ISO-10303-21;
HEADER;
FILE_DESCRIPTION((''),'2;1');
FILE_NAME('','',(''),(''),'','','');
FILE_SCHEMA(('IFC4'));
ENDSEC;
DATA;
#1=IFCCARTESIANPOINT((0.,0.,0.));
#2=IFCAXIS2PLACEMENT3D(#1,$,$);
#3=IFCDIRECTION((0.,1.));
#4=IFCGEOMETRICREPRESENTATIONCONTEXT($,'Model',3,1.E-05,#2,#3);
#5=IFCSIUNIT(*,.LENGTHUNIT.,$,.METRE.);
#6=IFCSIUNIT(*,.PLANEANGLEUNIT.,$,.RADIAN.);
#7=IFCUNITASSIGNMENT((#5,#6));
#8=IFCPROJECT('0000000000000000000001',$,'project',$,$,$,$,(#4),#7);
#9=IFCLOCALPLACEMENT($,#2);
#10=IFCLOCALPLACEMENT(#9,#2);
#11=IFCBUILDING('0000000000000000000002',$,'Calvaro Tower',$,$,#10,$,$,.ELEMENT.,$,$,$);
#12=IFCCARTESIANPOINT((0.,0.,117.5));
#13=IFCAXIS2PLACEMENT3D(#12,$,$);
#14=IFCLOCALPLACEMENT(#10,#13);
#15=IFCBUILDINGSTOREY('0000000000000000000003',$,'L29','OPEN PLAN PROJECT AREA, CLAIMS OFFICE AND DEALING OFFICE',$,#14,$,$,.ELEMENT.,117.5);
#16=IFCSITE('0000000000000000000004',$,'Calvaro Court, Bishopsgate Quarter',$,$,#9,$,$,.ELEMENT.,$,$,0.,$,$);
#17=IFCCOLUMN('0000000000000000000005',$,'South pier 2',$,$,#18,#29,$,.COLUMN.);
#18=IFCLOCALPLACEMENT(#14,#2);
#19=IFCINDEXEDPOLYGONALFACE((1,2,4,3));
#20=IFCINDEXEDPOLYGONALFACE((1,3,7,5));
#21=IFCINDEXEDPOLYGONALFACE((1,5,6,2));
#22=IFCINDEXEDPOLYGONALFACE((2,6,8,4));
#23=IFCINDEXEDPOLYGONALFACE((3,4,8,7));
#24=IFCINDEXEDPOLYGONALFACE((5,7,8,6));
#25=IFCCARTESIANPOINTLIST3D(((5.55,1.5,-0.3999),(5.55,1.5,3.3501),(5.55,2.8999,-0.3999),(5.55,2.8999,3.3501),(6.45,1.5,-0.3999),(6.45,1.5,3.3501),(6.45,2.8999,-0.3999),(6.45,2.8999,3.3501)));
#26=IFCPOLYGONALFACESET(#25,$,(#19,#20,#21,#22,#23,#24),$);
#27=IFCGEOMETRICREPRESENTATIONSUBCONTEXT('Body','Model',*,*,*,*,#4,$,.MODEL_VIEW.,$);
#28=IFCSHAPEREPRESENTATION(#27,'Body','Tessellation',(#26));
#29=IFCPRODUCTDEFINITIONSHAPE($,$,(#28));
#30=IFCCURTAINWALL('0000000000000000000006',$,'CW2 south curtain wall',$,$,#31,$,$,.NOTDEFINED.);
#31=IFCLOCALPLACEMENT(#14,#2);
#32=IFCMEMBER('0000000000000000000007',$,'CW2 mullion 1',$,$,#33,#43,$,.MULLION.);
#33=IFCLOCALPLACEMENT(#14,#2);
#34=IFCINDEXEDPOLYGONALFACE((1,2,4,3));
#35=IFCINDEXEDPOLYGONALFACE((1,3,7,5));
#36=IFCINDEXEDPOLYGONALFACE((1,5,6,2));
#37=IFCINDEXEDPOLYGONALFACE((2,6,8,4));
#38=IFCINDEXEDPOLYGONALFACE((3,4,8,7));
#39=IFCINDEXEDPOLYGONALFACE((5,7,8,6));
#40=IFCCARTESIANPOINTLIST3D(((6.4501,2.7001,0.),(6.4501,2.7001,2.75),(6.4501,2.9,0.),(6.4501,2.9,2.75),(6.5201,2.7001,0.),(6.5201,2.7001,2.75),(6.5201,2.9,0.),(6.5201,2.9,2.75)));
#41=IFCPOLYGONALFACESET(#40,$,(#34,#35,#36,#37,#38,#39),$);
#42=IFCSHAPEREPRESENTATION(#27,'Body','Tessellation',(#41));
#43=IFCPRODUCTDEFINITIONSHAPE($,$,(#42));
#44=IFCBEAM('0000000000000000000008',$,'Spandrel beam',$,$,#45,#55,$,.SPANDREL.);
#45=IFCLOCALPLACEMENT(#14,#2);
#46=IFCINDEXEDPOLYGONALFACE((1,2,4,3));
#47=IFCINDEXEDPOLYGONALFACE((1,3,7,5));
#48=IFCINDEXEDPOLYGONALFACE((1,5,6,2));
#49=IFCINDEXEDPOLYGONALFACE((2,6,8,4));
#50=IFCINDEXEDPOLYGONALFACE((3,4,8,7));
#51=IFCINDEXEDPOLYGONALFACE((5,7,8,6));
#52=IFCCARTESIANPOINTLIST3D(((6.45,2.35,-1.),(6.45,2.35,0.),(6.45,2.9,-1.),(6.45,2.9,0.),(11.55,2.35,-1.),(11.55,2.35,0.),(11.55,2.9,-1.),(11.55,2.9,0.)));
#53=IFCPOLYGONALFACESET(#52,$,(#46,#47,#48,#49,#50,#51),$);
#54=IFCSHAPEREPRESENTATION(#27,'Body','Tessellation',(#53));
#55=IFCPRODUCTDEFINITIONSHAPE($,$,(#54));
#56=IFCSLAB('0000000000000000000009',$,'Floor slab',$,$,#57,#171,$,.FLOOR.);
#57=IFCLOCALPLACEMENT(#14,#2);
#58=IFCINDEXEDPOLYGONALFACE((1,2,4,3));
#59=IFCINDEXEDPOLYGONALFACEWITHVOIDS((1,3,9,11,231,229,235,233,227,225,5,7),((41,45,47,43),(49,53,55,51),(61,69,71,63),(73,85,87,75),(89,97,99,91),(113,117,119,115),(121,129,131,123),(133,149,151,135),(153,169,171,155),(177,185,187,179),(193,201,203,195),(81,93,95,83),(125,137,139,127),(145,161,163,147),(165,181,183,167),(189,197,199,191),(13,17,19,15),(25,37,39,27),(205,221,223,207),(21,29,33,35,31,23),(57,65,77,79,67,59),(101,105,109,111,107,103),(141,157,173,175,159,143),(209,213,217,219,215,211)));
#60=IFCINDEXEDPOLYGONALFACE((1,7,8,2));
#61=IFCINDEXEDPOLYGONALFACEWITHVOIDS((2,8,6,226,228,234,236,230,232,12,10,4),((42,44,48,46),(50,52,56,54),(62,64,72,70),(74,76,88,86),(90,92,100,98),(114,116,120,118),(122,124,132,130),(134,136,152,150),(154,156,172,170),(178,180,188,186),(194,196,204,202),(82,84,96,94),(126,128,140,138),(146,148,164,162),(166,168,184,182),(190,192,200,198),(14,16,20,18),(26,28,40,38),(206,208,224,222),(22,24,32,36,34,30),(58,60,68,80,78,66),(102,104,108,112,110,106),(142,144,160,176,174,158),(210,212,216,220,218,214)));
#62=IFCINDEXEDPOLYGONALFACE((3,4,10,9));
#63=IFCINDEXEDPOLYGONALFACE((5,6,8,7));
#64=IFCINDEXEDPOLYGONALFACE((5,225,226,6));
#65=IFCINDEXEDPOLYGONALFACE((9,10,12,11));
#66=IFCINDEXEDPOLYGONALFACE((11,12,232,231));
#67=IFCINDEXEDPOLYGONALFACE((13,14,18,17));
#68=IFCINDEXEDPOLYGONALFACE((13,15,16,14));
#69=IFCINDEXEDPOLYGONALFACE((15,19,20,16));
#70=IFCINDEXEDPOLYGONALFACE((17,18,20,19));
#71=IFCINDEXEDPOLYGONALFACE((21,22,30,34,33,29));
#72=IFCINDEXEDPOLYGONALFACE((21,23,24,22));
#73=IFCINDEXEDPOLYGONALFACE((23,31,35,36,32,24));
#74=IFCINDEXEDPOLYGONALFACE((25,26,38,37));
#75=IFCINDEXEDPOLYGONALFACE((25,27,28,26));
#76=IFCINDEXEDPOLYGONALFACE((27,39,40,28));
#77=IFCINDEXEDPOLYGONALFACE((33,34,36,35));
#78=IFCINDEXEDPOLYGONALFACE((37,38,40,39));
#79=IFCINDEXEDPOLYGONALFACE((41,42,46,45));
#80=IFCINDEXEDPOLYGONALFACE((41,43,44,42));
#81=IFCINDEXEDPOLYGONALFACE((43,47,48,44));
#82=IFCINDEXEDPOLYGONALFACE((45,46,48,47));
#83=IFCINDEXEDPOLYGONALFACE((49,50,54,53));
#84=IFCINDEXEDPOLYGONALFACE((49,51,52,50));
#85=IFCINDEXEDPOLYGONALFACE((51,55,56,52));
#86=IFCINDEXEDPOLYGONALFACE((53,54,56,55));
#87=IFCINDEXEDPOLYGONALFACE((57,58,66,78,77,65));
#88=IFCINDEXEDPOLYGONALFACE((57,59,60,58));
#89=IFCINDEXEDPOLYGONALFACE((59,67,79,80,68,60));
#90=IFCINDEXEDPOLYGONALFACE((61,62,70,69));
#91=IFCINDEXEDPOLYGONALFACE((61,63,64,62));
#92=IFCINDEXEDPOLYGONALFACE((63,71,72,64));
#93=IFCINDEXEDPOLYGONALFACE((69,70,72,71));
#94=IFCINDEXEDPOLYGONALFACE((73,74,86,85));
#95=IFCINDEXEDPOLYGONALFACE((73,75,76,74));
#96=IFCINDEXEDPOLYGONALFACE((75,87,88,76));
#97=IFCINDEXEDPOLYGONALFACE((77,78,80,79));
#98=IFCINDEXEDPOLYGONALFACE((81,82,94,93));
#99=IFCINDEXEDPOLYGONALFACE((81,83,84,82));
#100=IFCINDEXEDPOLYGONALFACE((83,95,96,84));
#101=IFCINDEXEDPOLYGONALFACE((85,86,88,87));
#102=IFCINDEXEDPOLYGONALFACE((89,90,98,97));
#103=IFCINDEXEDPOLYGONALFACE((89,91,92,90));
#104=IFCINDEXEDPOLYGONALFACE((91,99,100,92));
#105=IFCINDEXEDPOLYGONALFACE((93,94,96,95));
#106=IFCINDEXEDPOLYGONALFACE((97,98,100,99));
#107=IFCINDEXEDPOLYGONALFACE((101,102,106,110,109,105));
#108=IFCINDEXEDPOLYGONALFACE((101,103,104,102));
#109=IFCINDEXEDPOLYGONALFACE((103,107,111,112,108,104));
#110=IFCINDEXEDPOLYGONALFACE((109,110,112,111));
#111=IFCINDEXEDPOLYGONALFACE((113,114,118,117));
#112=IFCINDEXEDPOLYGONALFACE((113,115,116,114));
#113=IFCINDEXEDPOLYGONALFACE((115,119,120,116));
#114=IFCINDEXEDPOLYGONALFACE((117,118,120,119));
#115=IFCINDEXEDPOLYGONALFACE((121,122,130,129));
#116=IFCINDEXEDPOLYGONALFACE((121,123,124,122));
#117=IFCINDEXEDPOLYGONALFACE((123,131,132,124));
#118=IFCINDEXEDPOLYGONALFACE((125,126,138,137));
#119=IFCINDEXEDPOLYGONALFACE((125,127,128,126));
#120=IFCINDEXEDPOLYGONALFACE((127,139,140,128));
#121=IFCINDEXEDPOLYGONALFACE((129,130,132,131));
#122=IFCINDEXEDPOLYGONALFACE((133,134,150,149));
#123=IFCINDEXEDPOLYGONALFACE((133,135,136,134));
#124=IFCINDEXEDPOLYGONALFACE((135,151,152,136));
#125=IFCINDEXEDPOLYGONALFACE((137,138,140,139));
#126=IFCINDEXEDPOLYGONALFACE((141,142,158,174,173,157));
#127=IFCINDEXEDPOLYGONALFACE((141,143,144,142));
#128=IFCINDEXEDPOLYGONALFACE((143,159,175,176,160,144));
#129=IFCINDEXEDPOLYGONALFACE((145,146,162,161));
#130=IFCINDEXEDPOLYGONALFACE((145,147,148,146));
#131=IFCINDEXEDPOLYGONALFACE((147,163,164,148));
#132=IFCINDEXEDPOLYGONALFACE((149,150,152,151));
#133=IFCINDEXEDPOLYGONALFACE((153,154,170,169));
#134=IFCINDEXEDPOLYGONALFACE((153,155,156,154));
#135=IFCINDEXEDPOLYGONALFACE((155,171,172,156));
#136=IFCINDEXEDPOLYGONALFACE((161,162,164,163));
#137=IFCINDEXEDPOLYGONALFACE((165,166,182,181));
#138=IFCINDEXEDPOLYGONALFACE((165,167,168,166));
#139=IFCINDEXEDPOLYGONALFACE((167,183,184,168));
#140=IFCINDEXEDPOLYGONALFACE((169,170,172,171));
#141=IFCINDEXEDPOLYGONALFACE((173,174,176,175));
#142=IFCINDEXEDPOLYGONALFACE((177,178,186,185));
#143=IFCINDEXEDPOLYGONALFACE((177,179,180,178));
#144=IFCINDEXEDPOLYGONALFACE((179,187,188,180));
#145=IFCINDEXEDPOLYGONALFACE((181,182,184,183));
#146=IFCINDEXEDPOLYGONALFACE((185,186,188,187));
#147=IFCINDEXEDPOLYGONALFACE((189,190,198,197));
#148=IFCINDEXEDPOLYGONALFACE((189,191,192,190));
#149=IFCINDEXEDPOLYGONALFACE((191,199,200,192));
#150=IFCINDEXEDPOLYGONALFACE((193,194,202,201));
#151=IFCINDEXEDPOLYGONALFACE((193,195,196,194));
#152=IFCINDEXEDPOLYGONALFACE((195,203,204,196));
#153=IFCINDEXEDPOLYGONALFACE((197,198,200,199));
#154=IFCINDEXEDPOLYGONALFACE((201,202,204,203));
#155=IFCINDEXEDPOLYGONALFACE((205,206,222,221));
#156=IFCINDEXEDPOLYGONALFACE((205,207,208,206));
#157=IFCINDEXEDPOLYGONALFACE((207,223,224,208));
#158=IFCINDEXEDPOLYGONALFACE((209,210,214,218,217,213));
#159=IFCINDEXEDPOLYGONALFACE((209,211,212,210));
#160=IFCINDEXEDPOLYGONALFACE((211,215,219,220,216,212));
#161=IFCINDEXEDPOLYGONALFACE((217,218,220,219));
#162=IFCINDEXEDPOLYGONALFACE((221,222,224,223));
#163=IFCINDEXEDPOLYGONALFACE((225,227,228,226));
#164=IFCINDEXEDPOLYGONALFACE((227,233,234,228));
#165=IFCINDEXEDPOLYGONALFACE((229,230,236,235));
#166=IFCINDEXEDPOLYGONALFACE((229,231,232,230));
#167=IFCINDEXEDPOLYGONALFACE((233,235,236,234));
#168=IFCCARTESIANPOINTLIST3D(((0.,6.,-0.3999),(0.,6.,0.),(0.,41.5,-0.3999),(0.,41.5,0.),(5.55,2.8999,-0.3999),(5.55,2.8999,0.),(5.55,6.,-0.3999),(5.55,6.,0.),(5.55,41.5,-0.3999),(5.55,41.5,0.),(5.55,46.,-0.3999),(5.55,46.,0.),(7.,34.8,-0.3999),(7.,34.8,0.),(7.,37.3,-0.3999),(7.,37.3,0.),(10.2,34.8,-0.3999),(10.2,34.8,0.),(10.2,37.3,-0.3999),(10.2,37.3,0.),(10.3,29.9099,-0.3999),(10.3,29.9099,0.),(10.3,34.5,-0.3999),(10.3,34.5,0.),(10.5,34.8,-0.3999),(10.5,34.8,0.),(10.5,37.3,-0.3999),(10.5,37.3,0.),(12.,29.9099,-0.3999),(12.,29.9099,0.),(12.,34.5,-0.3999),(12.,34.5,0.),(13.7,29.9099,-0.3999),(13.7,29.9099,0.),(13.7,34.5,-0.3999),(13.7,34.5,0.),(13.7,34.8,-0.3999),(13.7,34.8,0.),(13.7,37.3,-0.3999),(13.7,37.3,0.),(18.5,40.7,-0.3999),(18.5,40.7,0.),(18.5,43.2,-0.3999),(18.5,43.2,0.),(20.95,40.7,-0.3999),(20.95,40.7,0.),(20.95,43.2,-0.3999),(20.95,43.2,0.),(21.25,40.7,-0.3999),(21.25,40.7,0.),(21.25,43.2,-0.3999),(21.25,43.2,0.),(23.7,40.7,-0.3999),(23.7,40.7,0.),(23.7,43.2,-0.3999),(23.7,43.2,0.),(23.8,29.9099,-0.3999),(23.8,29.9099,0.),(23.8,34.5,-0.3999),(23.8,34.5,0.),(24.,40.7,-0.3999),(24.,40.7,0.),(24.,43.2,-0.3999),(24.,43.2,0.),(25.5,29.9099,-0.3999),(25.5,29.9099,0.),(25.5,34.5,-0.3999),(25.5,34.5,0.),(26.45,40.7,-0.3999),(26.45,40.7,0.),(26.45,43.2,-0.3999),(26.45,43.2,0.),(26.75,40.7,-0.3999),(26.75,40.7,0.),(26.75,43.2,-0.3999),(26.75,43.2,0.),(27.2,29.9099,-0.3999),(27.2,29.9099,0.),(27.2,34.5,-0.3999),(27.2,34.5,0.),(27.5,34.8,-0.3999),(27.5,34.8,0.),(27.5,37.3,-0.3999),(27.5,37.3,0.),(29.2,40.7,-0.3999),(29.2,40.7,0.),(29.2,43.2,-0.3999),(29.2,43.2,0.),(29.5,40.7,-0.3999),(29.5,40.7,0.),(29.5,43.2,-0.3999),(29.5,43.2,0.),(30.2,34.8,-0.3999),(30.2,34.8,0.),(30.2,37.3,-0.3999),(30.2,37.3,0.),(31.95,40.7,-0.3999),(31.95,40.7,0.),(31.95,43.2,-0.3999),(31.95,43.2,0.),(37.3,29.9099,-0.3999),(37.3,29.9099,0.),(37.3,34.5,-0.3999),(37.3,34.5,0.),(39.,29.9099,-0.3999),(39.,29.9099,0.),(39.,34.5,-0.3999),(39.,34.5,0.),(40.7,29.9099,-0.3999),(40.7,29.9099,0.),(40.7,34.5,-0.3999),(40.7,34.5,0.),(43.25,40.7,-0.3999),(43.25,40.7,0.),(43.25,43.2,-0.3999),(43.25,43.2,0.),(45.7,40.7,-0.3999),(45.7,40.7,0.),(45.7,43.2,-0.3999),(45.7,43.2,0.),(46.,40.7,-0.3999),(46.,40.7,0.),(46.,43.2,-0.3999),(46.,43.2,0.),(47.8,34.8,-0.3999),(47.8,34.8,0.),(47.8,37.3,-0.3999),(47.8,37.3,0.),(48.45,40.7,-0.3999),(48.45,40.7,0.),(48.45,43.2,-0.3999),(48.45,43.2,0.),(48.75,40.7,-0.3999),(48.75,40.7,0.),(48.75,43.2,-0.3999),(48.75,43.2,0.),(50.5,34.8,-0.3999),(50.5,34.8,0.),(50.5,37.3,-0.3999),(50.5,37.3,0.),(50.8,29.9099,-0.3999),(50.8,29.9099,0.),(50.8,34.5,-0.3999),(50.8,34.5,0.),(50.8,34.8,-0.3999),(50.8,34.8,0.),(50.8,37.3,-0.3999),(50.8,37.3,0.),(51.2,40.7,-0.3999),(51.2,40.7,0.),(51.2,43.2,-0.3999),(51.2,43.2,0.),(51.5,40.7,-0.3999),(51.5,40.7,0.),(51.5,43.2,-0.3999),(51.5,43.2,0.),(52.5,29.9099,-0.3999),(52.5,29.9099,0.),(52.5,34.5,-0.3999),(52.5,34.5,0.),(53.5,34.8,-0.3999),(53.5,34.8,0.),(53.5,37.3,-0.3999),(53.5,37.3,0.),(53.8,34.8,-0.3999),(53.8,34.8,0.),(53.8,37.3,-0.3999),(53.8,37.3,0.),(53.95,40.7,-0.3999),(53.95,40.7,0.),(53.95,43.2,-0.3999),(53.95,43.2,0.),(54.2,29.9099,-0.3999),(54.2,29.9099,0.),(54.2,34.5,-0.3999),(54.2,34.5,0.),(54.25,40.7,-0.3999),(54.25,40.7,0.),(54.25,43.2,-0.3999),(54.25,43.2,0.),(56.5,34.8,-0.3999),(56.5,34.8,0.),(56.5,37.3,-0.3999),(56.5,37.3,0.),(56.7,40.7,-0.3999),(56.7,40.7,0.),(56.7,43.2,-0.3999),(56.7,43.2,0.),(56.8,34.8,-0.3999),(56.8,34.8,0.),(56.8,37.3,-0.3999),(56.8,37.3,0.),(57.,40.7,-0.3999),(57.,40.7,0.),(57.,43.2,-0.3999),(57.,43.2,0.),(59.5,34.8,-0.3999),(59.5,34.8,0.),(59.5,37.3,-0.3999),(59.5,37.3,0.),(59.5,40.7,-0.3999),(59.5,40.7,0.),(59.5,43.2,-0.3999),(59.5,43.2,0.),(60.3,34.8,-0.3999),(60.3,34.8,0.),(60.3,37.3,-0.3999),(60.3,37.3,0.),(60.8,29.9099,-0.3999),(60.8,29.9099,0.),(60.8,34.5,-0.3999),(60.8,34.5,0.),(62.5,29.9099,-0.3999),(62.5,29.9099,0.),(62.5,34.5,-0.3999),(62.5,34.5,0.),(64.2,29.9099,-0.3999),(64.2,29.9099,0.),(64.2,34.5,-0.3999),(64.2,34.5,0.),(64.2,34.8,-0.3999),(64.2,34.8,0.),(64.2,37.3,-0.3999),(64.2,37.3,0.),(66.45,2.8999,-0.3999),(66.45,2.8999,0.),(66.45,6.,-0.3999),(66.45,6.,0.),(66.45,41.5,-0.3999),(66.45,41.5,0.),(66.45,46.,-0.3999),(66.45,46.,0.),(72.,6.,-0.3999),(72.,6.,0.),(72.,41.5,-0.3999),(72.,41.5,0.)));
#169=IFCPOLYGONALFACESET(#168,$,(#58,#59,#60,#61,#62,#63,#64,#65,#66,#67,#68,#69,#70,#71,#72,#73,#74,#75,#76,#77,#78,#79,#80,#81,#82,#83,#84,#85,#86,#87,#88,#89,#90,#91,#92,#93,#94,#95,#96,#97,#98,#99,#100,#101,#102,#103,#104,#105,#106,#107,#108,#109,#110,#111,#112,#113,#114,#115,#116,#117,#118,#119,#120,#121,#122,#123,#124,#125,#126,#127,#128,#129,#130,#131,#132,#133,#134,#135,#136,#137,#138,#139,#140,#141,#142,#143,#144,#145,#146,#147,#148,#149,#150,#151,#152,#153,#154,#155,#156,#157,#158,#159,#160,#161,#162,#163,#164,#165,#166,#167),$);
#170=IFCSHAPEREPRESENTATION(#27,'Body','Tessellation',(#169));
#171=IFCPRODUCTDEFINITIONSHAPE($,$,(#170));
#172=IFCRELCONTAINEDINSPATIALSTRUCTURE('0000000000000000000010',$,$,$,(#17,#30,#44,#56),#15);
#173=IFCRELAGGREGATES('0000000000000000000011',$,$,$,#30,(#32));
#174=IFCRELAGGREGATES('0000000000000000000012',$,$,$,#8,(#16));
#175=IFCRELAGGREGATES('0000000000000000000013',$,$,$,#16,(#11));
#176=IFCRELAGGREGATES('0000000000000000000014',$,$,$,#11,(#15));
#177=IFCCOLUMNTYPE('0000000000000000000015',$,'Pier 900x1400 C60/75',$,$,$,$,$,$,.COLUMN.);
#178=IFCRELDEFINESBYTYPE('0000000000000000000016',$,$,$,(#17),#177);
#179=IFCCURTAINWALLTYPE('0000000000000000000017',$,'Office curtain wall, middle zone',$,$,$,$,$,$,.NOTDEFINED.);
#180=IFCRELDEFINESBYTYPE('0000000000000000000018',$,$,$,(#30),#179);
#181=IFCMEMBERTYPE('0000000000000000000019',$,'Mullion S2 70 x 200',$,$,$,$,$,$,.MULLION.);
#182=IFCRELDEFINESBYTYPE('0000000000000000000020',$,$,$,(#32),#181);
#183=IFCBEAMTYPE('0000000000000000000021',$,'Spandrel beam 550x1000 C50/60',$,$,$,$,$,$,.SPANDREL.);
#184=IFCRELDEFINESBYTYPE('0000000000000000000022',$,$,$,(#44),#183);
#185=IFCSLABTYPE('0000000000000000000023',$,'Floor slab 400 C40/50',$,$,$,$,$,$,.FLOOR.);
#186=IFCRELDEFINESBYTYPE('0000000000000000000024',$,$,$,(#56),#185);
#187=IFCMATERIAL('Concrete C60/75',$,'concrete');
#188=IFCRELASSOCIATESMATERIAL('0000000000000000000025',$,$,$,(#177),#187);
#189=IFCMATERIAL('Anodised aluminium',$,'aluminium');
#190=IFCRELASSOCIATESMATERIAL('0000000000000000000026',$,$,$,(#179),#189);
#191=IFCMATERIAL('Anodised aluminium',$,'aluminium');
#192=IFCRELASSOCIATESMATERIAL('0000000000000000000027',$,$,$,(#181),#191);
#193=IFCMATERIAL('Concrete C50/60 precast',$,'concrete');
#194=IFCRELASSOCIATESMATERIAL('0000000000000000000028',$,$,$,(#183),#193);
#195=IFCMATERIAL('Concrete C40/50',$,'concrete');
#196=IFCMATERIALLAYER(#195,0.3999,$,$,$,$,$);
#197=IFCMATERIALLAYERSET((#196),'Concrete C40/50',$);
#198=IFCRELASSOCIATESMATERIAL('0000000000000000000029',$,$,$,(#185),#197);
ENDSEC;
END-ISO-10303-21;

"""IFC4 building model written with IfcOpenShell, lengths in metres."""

from ifc_helpers import new_model, si_unit, direction, frame, origin, origin_2d, place, context, subcontext, project, spatial, polyline, rectangle, outline, extrude, material, layer, layer_set, material_profile, profile_set, type_object, element, aggregate, save


model = new_model("IFC4")

# Units and contexts
model_context = context("Model", 3, precision=1e-05, world=origin(), true_north=direction((0.0, 1.0)))
body_context = subcontext(model_context, "Body", "Model", "MODEL_VIEW")
ifc_project = project(units=[si_unit("LENGTHUNIT", "METRE"), si_unit("PLANEANGLEUNIT", "RADIAN")], contexts=[model_context])

# Site, building, storey
site_placement = place(None, origin())
site = spatial("IfcSite", under=ifc_project, at=site_placement, Name="Calvaro Court, Bishopsgate Quarter", CompositionType="ELEMENT", RefElevation=0.0)
building_placement = place(site_placement, origin())
building = spatial("IfcBuilding", under=site, at=building_placement, Name="Calvaro Tower", CompositionType="ELEMENT")
storey_placement = place(building_placement, frame((0.0, 0.0, 117.5)))
storey = spatial("IfcBuildingStorey", under=building, at=storey_placement, Name="L29", Description="OPEN PLAN PROJECT AREA, CLAIMS OFFICE AND DEALING OFFICE", CompositionType="ELEMENT", Elevation=117.5)

# Column
ifc_material_1 = material(Name="Concrete C60/75", Category="concrete")
ifc_material_profile_1 = material_profile(ifc_material_1, rectangle(XDim=0.8999, YDim=1.3999, at=origin_2d()), Name="RC 900x1400")
ifc_profile_set_1 = profile_set([ifc_material_profile_1], Name="Concrete C60/75")
column_type = type_object("IfcColumnType", Name="Pier 900x1400 C60/75", PredefinedType="COLUMN", material=ifc_profile_set_1)
column_placement = place(storey_placement, frame((6.0, 2.2, -0.3999), z_axis=(0.0, 0.0, 1.0), x_axis=(1.0, 0.0, 0.0)))
element("IfcColumn", 1, at=column_placement, inside=storey, type_object=column_type, Name="South pier 2", PredefinedType="COLUMN", context=body_context, shape_type="SweptSolid", body=[
    extrude(rectangle(XDim=0.8999, YDim=1.3999, at=origin_2d()), origin(), (0.0, 0.0, 1.0), 3.75),
])

# Curtain wall, member
ifc_material_2 = material(Name="Anodised aluminium", Category="aluminium")
curtain_wall_type = type_object("IfcCurtainWallType", Name="Office curtain wall, middle zone", PredefinedType="NOTDEFINED", material=ifc_material_2)
curtain_wall_placement = place(storey_placement, origin())
curtain_wall = element("IfcCurtainWall", 2, at=curtain_wall_placement, inside=storey, type_object=curtain_wall_type, Name="CW2 south curtain wall", PredefinedType="NOTDEFINED")
ifc_material_3 = material(Name="Anodised aluminium", Category="aluminium")
ifc_material_profile_2 = material_profile(ifc_material_3, rectangle(XDim=0.2, YDim=0.0701, at=origin_2d()), Name="Mullion S2 70 x 200")
ifc_profile_set_2 = profile_set([ifc_material_profile_2], Name="Anodised aluminium")
member_type = type_object("IfcMemberType", Name="Mullion S2 70 x 200", PredefinedType="MULLION", material=ifc_profile_set_2)
member_placement = place(storey_placement, frame((6.4851, 2.8, 0.0), z_axis=(0.0, 0.0, 1.0), x_axis=(0.0, 1.0, 0.0)))
member = element("IfcMember", 3, at=member_placement, type_object=member_type, Name="CW2 mullion 1", PredefinedType="MULLION", context=body_context, shape_type="SweptSolid", body=[
    extrude(rectangle(XDim=0.2, YDim=0.0701, at=origin_2d()), origin(), (0.0, 0.0, 1.0), 2.75),
])
aggregate(curtain_wall, [member])

# Beam
ifc_material_4 = material(Name="Concrete C50/60 precast", Category="concrete")
ifc_material_profile_3 = material_profile(ifc_material_4, rectangle(XDim=0.55, YDim=1.0, at=origin_2d()), Name="RC 550x1000")
ifc_profile_set_3 = profile_set([ifc_material_profile_3], Name="Concrete C50/60 precast")
beam_type = type_object("IfcBeamType", Name="Spandrel beam 550x1000 C50/60", PredefinedType="SPANDREL", material=ifc_profile_set_3)
beam_placement = place(storey_placement, frame((6.45, 2.625, -0.5), z_axis=(1.0, 0.0, 0.0), x_axis=(0.0, 1.0, 0.0)))
element("IfcBeam", 4, at=beam_placement, inside=storey, type_object=beam_type, Name="Spandrel beam", PredefinedType="SPANDREL", context=body_context, shape_type="SweptSolid", body=[
    extrude(rectangle(XDim=0.55, YDim=1.0, at=origin_2d()), origin(), (0.0, 0.0, 1.0), 5.1001),
])

# Slab
ifc_material_5 = material(Name="Concrete C40/50", Category="concrete")
ifc_layer_1 = layer(ifc_material_5, 0.3999)
ifc_layer_set_1 = layer_set([ifc_layer_1], Name="Concrete C40/50")
slab_type_1 = type_object("IfcSlabType", Name="Floor slab 400 C40/50", PredefinedType="FLOOR", material=ifc_layer_set_1)
slab_1_placement = place(storey_placement, frame((0.0, 0.0, -0.3999)))
element("IfcSlab", 5, at=slab_1_placement, inside=storey, type_object=slab_type_1, Name="Floor slab", PredefinedType="FLOOR", context=body_context, shape_type="SweptSolid", body=[
    extrude(outline(polyline([(66.45, 6.0), (66.45, 2.8999), (5.55, 2.8999), (5.55, 6.0), (0.0, 6.0), (0.0, 41.5), (5.55, 41.5), (5.55, 46.0), (66.45, 46.0), (66.45, 41.5), (72.0, 41.5), (72.0, 6.0), (66.45, 6.0)]), holes=[polyline([(10.3, 29.9099), (10.3, 34.5), (12.0, 34.5), (13.7, 34.5), (13.7, 29.9099), (12.0, 29.9099), (10.3, 29.9099)]), polyline([(23.8, 29.9099), (23.8, 34.5), (25.5, 34.5), (27.2, 34.5), (27.2, 29.9099), (25.5, 29.9099), (23.8, 29.9099)]), polyline([(37.3, 29.9099), (37.3, 34.5), (39.0, 34.5), (40.7, 34.5), (40.7, 29.9099), (39.0, 29.9099), (37.3, 29.9099)]), polyline([(50.8, 29.9099), (50.8, 34.5), (52.5, 34.5), (54.2, 34.5), (54.2, 29.9099), (52.5, 29.9099), (50.8, 29.9099)]), polyline([(60.8, 29.9099), (60.8, 34.5), (62.5, 34.5), (64.2, 34.5), (64.2, 29.9099), (62.5, 29.9099), (60.8, 29.9099)]), polyline([(50.8, 34.8), (53.5, 34.8), (53.5, 37.3), (50.8, 37.3), (50.8, 34.8)]), polyline([(53.8, 34.8), (56.5, 34.8), (56.5, 37.3), (53.8, 37.3), (53.8, 34.8)]), polyline([(56.8, 34.8), (59.5, 34.8), (59.5, 37.3), (56.8, 37.3), (56.8, 34.8)]), polyline([(18.5, 40.7), (20.95, 40.7), (20.95, 43.2), (18.5, 43.2), (18.5, 40.7)]), polyline([(21.25, 40.7), (23.7, 40.7), (23.7, 43.2), (21.25, 43.2), (21.25, 40.7)]), polyline([(24.0, 40.7), (26.45, 40.7), (26.45, 43.2), (24.0, 43.2), (24.0, 40.7)]), polyline([(26.75, 40.7), (29.2, 40.7), (29.2, 43.2), (26.75, 43.2), (26.75, 40.7)]), polyline([(29.5, 40.7), (31.95, 40.7), (31.95, 43.2), (29.5, 43.2), (29.5, 40.7)]), polyline([(43.25, 40.7), (45.7, 40.7), (45.7, 43.2), (43.25, 43.2), (43.25, 40.7)]), polyline([(46.0, 40.7), (48.45, 40.7), (48.45, 43.2), (46.0, 43.2), (46.0, 40.7)]), polyline([(48.75, 40.7), (51.2, 40.7), (51.2, 43.2), (48.75, 43.2), (48.75, 40.7)]), polyline([(51.5, 40.7), (53.95, 40.7), (53.95, 43.2), (51.5, 43.2), (51.5, 40.7)]), polyline([(54.25, 40.7), (56.7, 40.7), (56.7, 43.2), (54.25, 43.2), (54.25, 40.7)]), polyline([(57.0, 40.7), (59.5, 40.7), (59.5, 43.2), (57.0, 43.2), (57.0, 40.7)]), polyline([(7.0, 34.8), (10.2, 34.8), (10.2, 37.3), (7.0, 37.3), (7.0, 34.8)]), polyline([(10.5, 34.8), (13.7, 34.8), (13.7, 37.3), (10.5, 37.3), (10.5, 34.8)]), polyline([(60.3, 34.8), (64.2, 34.8), (64.2, 37.3), (60.3, 37.3), (60.3, 34.8)]), polyline([(27.5, 34.8), (30.2, 34.8), (30.2, 37.3), (27.5, 37.3), (27.5, 34.8)]), polyline([(47.8, 34.8), (50.5, 34.8), (50.5, 37.3), (47.8, 37.3), (47.8, 34.8)])]), origin(), (0.0, 0.0, 1.0), 0.3999),
])

save(model, "model.ifc")
